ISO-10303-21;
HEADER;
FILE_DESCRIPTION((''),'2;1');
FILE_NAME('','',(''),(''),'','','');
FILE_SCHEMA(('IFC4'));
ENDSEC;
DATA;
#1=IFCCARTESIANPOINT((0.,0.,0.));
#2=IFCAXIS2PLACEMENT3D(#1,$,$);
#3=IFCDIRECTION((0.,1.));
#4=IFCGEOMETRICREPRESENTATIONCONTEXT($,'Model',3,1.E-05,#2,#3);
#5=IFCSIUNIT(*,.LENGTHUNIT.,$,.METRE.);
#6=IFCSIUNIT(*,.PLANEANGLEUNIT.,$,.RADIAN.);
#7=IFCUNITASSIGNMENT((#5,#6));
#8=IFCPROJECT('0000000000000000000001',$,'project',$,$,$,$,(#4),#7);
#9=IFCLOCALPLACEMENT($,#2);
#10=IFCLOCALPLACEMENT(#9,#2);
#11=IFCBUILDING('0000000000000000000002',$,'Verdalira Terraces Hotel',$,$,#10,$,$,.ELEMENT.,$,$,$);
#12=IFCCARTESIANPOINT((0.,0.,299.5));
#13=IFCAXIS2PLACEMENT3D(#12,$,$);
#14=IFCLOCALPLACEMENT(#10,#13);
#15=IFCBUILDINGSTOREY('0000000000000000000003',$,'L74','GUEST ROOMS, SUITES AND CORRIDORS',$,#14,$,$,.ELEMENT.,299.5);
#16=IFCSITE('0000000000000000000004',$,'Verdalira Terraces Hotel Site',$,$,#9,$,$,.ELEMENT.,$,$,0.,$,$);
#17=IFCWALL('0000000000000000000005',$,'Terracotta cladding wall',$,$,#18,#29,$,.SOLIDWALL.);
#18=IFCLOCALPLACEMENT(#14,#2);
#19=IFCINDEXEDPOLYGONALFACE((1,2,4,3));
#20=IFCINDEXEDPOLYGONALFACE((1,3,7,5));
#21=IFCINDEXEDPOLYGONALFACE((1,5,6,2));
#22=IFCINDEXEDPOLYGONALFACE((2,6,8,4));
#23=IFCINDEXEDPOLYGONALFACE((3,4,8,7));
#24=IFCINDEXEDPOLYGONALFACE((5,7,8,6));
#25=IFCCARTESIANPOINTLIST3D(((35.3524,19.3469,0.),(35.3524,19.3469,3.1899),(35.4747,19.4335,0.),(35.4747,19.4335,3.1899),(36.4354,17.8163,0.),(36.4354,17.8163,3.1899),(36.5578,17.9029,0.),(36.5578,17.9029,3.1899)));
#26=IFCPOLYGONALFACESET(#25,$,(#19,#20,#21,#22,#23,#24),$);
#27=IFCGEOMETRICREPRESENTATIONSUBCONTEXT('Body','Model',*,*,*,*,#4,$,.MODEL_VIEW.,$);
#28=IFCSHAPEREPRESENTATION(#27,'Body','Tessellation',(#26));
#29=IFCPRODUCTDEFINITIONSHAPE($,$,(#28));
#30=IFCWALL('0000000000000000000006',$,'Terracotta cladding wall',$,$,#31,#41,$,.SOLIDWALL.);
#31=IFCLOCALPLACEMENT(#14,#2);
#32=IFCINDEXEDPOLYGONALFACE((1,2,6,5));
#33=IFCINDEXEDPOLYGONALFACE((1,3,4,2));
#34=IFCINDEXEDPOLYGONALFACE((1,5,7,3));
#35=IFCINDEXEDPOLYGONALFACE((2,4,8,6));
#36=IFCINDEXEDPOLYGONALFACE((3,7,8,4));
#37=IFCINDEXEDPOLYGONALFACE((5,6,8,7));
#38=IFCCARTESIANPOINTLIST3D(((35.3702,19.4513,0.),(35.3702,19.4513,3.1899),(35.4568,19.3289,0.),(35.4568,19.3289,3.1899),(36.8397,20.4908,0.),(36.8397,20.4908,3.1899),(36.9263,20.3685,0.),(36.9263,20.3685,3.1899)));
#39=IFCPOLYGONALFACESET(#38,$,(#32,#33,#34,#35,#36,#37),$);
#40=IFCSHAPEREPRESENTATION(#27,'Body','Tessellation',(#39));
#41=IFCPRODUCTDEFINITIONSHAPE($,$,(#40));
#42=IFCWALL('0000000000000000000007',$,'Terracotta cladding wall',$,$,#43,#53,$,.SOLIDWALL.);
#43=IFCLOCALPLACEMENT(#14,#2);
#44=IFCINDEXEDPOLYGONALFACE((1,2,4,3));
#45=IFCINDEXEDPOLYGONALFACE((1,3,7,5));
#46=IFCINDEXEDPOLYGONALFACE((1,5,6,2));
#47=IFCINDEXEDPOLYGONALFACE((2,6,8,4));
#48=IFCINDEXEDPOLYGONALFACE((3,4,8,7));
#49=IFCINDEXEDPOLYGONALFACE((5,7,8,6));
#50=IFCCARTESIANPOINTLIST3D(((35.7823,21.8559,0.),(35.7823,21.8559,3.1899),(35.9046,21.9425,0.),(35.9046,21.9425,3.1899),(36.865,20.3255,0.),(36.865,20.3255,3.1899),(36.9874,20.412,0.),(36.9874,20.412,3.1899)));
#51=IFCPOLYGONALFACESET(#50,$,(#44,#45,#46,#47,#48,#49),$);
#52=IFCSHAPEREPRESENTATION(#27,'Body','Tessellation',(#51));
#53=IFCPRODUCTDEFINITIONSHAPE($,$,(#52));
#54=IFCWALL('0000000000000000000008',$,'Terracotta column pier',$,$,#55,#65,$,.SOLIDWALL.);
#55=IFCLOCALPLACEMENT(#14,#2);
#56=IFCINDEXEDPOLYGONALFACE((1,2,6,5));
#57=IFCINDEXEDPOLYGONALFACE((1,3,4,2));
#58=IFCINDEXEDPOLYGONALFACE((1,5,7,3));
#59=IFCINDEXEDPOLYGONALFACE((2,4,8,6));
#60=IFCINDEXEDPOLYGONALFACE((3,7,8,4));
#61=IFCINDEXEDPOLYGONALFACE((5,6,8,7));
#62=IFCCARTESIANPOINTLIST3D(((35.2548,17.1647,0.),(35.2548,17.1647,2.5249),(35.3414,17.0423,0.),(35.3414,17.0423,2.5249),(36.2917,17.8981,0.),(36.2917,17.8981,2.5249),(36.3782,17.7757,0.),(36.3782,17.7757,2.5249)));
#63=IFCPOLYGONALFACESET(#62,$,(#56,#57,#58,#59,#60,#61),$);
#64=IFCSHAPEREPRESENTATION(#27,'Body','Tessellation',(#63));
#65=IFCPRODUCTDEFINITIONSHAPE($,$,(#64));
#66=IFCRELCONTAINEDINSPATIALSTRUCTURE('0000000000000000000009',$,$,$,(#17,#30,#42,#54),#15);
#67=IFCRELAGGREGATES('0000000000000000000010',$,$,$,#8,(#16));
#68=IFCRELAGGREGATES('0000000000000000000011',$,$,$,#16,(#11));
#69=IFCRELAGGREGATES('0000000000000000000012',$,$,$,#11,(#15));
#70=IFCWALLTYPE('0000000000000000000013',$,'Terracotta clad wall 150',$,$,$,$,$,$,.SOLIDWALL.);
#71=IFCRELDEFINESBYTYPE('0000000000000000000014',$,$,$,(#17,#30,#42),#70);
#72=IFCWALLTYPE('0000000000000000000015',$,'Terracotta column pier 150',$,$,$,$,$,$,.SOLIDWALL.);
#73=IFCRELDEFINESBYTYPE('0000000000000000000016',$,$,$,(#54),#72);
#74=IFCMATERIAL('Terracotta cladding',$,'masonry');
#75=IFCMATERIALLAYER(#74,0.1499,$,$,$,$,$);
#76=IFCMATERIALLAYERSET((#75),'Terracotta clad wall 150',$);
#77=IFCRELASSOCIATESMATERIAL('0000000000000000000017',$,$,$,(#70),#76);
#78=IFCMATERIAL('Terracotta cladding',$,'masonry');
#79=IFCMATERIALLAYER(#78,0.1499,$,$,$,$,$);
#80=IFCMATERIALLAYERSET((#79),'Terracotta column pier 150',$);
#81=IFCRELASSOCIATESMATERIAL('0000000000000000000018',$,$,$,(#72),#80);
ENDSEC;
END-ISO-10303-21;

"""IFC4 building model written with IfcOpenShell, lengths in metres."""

from ifc_helpers import new_model, si_unit, direction, frame, frame_2d, origin, place, context, subcontext, project, spatial, rectangle, extrude, material, layer, layer_set, type_object, element, save


model = new_model("IFC4")

# Units and contexts
model_context = context("Model", 3, precision=1e-05, world=origin(), true_north=direction((0.0, 1.0)))
body_context = subcontext(model_context, "Body", "Model", "MODEL_VIEW")
ifc_project = project(units=[si_unit("LENGTHUNIT", "METRE"), si_unit("PLANEANGLEUNIT", "RADIAN")], contexts=[model_context])

# Site, building, storey
site_placement = place(None, origin())
site = spatial("IfcSite", under=ifc_project, at=site_placement, Name="Verdalira Terraces Hotel Site", CompositionType="ELEMENT", RefElevation=0.0)
building_placement = place(site_placement, origin())
building = spatial("IfcBuilding", under=site, at=building_placement, Name="Verdalira Terraces Hotel", CompositionType="ELEMENT")
storey_placement = place(building_placement, frame((0.0, 0.0, 299.5)))
storey = spatial("IfcBuildingStorey", under=building, at=storey_placement, Name="L74", Description="GUEST ROOMS, SUITES AND CORRIDORS", CompositionType="ELEMENT", Elevation=299.5)

# Walls
ifc_material_1 = material(Name="Terracotta cladding", Category="masonry")
ifc_layer_1 = layer(ifc_material_1, 0.1499)
ifc_layer_set_1 = layer_set([ifc_layer_1], Name="Terracotta clad wall 150")
wall_type_1 = type_object("IfcWallType", Name="Terracotta clad wall 150", PredefinedType="SOLIDWALL", material=ifc_layer_set_1)
wall_1_placement = place(storey_placement, frame((36.4966, 17.8596, 0.0), z_axis=(0.0, 0.0, 1.0), x_axis=(-0.577623, 0.816303, 0.0)))
element("IfcWall", 1, at=wall_1_placement, inside=storey, type_object=wall_type_1, Name="Terracotta cladding wall", PredefinedType="SOLIDWALL", context=body_context, shape_type="SweptSolid", body=[
    extrude(rectangle(XDim=1.875, YDim=0.1499, at=frame_2d((0.9375, 0.0))), origin(), (0.0, 0.0, 1.0), 3.1899),
])
wall_2_placement = place(storey_placement, frame((35.4136, 19.3901, 0.0), z_axis=(0.0, 0.0, 1.0), x_axis=(0.816374, 0.577524, 0.0)))
element("IfcWall", 2, at=wall_2_placement, inside=storey, type_object=wall_type_1, Name="Terracotta cladding wall", PredefinedType="SOLIDWALL", context=body_context, shape_type="SweptSolid", body=[
    extrude(rectangle(XDim=1.8, YDim=0.1499, at=frame_2d((0.8999, 0.0))), origin(), (0.0, 0.0, 1.0), 3.1899),
])
wall_3_placement = place(storey_placement, frame((36.9263, 20.3687, 0.0), z_axis=(0.0, 0.0, 1.0), x_axis=(-0.577537, 0.816365, 0.0)))
element("IfcWall", 3, at=wall_3_placement, inside=storey, type_object=wall_type_1, Name="Terracotta cladding wall", PredefinedType="SOLIDWALL", context=body_context, shape_type="SweptSolid", body=[
    extrude(rectangle(XDim=1.8748, YDim=0.1499, at=frame_2d((0.9375, 0.0))), origin(), (0.0, 0.0, 1.0), 3.1899),
])
ifc_material_2 = material(Name="Terracotta cladding", Category="masonry")
ifc_layer_2 = layer(ifc_material_2, 0.1499)
ifc_layer_set_2 = layer_set([ifc_layer_2], Name="Terracotta column pier 150")
wall_type_2 = type_object("IfcWallType", Name="Terracotta column pier 150", PredefinedType="SOLIDWALL", material=ifc_layer_set_2)
wall_4_placement = place(storey_placement, frame((35.2981, 17.1035, 0.0), z_axis=(0.0, 0.0, 1.0), x_axis=(0.816413, 0.577468, 0.0)))
element("IfcWall", 4, at=wall_4_placement, inside=storey, type_object=wall_type_2, Name="Terracotta column pier", PredefinedType="SOLIDWALL", context=body_context, shape_type="SweptSolid", body=[
    extrude(rectangle(XDim=1.27, YDim=0.1499, at=frame_2d((0.635, 0.0))), origin(), (0.0, 0.0, 1.0), 2.5249),
])

save(model, "model.ifc")
